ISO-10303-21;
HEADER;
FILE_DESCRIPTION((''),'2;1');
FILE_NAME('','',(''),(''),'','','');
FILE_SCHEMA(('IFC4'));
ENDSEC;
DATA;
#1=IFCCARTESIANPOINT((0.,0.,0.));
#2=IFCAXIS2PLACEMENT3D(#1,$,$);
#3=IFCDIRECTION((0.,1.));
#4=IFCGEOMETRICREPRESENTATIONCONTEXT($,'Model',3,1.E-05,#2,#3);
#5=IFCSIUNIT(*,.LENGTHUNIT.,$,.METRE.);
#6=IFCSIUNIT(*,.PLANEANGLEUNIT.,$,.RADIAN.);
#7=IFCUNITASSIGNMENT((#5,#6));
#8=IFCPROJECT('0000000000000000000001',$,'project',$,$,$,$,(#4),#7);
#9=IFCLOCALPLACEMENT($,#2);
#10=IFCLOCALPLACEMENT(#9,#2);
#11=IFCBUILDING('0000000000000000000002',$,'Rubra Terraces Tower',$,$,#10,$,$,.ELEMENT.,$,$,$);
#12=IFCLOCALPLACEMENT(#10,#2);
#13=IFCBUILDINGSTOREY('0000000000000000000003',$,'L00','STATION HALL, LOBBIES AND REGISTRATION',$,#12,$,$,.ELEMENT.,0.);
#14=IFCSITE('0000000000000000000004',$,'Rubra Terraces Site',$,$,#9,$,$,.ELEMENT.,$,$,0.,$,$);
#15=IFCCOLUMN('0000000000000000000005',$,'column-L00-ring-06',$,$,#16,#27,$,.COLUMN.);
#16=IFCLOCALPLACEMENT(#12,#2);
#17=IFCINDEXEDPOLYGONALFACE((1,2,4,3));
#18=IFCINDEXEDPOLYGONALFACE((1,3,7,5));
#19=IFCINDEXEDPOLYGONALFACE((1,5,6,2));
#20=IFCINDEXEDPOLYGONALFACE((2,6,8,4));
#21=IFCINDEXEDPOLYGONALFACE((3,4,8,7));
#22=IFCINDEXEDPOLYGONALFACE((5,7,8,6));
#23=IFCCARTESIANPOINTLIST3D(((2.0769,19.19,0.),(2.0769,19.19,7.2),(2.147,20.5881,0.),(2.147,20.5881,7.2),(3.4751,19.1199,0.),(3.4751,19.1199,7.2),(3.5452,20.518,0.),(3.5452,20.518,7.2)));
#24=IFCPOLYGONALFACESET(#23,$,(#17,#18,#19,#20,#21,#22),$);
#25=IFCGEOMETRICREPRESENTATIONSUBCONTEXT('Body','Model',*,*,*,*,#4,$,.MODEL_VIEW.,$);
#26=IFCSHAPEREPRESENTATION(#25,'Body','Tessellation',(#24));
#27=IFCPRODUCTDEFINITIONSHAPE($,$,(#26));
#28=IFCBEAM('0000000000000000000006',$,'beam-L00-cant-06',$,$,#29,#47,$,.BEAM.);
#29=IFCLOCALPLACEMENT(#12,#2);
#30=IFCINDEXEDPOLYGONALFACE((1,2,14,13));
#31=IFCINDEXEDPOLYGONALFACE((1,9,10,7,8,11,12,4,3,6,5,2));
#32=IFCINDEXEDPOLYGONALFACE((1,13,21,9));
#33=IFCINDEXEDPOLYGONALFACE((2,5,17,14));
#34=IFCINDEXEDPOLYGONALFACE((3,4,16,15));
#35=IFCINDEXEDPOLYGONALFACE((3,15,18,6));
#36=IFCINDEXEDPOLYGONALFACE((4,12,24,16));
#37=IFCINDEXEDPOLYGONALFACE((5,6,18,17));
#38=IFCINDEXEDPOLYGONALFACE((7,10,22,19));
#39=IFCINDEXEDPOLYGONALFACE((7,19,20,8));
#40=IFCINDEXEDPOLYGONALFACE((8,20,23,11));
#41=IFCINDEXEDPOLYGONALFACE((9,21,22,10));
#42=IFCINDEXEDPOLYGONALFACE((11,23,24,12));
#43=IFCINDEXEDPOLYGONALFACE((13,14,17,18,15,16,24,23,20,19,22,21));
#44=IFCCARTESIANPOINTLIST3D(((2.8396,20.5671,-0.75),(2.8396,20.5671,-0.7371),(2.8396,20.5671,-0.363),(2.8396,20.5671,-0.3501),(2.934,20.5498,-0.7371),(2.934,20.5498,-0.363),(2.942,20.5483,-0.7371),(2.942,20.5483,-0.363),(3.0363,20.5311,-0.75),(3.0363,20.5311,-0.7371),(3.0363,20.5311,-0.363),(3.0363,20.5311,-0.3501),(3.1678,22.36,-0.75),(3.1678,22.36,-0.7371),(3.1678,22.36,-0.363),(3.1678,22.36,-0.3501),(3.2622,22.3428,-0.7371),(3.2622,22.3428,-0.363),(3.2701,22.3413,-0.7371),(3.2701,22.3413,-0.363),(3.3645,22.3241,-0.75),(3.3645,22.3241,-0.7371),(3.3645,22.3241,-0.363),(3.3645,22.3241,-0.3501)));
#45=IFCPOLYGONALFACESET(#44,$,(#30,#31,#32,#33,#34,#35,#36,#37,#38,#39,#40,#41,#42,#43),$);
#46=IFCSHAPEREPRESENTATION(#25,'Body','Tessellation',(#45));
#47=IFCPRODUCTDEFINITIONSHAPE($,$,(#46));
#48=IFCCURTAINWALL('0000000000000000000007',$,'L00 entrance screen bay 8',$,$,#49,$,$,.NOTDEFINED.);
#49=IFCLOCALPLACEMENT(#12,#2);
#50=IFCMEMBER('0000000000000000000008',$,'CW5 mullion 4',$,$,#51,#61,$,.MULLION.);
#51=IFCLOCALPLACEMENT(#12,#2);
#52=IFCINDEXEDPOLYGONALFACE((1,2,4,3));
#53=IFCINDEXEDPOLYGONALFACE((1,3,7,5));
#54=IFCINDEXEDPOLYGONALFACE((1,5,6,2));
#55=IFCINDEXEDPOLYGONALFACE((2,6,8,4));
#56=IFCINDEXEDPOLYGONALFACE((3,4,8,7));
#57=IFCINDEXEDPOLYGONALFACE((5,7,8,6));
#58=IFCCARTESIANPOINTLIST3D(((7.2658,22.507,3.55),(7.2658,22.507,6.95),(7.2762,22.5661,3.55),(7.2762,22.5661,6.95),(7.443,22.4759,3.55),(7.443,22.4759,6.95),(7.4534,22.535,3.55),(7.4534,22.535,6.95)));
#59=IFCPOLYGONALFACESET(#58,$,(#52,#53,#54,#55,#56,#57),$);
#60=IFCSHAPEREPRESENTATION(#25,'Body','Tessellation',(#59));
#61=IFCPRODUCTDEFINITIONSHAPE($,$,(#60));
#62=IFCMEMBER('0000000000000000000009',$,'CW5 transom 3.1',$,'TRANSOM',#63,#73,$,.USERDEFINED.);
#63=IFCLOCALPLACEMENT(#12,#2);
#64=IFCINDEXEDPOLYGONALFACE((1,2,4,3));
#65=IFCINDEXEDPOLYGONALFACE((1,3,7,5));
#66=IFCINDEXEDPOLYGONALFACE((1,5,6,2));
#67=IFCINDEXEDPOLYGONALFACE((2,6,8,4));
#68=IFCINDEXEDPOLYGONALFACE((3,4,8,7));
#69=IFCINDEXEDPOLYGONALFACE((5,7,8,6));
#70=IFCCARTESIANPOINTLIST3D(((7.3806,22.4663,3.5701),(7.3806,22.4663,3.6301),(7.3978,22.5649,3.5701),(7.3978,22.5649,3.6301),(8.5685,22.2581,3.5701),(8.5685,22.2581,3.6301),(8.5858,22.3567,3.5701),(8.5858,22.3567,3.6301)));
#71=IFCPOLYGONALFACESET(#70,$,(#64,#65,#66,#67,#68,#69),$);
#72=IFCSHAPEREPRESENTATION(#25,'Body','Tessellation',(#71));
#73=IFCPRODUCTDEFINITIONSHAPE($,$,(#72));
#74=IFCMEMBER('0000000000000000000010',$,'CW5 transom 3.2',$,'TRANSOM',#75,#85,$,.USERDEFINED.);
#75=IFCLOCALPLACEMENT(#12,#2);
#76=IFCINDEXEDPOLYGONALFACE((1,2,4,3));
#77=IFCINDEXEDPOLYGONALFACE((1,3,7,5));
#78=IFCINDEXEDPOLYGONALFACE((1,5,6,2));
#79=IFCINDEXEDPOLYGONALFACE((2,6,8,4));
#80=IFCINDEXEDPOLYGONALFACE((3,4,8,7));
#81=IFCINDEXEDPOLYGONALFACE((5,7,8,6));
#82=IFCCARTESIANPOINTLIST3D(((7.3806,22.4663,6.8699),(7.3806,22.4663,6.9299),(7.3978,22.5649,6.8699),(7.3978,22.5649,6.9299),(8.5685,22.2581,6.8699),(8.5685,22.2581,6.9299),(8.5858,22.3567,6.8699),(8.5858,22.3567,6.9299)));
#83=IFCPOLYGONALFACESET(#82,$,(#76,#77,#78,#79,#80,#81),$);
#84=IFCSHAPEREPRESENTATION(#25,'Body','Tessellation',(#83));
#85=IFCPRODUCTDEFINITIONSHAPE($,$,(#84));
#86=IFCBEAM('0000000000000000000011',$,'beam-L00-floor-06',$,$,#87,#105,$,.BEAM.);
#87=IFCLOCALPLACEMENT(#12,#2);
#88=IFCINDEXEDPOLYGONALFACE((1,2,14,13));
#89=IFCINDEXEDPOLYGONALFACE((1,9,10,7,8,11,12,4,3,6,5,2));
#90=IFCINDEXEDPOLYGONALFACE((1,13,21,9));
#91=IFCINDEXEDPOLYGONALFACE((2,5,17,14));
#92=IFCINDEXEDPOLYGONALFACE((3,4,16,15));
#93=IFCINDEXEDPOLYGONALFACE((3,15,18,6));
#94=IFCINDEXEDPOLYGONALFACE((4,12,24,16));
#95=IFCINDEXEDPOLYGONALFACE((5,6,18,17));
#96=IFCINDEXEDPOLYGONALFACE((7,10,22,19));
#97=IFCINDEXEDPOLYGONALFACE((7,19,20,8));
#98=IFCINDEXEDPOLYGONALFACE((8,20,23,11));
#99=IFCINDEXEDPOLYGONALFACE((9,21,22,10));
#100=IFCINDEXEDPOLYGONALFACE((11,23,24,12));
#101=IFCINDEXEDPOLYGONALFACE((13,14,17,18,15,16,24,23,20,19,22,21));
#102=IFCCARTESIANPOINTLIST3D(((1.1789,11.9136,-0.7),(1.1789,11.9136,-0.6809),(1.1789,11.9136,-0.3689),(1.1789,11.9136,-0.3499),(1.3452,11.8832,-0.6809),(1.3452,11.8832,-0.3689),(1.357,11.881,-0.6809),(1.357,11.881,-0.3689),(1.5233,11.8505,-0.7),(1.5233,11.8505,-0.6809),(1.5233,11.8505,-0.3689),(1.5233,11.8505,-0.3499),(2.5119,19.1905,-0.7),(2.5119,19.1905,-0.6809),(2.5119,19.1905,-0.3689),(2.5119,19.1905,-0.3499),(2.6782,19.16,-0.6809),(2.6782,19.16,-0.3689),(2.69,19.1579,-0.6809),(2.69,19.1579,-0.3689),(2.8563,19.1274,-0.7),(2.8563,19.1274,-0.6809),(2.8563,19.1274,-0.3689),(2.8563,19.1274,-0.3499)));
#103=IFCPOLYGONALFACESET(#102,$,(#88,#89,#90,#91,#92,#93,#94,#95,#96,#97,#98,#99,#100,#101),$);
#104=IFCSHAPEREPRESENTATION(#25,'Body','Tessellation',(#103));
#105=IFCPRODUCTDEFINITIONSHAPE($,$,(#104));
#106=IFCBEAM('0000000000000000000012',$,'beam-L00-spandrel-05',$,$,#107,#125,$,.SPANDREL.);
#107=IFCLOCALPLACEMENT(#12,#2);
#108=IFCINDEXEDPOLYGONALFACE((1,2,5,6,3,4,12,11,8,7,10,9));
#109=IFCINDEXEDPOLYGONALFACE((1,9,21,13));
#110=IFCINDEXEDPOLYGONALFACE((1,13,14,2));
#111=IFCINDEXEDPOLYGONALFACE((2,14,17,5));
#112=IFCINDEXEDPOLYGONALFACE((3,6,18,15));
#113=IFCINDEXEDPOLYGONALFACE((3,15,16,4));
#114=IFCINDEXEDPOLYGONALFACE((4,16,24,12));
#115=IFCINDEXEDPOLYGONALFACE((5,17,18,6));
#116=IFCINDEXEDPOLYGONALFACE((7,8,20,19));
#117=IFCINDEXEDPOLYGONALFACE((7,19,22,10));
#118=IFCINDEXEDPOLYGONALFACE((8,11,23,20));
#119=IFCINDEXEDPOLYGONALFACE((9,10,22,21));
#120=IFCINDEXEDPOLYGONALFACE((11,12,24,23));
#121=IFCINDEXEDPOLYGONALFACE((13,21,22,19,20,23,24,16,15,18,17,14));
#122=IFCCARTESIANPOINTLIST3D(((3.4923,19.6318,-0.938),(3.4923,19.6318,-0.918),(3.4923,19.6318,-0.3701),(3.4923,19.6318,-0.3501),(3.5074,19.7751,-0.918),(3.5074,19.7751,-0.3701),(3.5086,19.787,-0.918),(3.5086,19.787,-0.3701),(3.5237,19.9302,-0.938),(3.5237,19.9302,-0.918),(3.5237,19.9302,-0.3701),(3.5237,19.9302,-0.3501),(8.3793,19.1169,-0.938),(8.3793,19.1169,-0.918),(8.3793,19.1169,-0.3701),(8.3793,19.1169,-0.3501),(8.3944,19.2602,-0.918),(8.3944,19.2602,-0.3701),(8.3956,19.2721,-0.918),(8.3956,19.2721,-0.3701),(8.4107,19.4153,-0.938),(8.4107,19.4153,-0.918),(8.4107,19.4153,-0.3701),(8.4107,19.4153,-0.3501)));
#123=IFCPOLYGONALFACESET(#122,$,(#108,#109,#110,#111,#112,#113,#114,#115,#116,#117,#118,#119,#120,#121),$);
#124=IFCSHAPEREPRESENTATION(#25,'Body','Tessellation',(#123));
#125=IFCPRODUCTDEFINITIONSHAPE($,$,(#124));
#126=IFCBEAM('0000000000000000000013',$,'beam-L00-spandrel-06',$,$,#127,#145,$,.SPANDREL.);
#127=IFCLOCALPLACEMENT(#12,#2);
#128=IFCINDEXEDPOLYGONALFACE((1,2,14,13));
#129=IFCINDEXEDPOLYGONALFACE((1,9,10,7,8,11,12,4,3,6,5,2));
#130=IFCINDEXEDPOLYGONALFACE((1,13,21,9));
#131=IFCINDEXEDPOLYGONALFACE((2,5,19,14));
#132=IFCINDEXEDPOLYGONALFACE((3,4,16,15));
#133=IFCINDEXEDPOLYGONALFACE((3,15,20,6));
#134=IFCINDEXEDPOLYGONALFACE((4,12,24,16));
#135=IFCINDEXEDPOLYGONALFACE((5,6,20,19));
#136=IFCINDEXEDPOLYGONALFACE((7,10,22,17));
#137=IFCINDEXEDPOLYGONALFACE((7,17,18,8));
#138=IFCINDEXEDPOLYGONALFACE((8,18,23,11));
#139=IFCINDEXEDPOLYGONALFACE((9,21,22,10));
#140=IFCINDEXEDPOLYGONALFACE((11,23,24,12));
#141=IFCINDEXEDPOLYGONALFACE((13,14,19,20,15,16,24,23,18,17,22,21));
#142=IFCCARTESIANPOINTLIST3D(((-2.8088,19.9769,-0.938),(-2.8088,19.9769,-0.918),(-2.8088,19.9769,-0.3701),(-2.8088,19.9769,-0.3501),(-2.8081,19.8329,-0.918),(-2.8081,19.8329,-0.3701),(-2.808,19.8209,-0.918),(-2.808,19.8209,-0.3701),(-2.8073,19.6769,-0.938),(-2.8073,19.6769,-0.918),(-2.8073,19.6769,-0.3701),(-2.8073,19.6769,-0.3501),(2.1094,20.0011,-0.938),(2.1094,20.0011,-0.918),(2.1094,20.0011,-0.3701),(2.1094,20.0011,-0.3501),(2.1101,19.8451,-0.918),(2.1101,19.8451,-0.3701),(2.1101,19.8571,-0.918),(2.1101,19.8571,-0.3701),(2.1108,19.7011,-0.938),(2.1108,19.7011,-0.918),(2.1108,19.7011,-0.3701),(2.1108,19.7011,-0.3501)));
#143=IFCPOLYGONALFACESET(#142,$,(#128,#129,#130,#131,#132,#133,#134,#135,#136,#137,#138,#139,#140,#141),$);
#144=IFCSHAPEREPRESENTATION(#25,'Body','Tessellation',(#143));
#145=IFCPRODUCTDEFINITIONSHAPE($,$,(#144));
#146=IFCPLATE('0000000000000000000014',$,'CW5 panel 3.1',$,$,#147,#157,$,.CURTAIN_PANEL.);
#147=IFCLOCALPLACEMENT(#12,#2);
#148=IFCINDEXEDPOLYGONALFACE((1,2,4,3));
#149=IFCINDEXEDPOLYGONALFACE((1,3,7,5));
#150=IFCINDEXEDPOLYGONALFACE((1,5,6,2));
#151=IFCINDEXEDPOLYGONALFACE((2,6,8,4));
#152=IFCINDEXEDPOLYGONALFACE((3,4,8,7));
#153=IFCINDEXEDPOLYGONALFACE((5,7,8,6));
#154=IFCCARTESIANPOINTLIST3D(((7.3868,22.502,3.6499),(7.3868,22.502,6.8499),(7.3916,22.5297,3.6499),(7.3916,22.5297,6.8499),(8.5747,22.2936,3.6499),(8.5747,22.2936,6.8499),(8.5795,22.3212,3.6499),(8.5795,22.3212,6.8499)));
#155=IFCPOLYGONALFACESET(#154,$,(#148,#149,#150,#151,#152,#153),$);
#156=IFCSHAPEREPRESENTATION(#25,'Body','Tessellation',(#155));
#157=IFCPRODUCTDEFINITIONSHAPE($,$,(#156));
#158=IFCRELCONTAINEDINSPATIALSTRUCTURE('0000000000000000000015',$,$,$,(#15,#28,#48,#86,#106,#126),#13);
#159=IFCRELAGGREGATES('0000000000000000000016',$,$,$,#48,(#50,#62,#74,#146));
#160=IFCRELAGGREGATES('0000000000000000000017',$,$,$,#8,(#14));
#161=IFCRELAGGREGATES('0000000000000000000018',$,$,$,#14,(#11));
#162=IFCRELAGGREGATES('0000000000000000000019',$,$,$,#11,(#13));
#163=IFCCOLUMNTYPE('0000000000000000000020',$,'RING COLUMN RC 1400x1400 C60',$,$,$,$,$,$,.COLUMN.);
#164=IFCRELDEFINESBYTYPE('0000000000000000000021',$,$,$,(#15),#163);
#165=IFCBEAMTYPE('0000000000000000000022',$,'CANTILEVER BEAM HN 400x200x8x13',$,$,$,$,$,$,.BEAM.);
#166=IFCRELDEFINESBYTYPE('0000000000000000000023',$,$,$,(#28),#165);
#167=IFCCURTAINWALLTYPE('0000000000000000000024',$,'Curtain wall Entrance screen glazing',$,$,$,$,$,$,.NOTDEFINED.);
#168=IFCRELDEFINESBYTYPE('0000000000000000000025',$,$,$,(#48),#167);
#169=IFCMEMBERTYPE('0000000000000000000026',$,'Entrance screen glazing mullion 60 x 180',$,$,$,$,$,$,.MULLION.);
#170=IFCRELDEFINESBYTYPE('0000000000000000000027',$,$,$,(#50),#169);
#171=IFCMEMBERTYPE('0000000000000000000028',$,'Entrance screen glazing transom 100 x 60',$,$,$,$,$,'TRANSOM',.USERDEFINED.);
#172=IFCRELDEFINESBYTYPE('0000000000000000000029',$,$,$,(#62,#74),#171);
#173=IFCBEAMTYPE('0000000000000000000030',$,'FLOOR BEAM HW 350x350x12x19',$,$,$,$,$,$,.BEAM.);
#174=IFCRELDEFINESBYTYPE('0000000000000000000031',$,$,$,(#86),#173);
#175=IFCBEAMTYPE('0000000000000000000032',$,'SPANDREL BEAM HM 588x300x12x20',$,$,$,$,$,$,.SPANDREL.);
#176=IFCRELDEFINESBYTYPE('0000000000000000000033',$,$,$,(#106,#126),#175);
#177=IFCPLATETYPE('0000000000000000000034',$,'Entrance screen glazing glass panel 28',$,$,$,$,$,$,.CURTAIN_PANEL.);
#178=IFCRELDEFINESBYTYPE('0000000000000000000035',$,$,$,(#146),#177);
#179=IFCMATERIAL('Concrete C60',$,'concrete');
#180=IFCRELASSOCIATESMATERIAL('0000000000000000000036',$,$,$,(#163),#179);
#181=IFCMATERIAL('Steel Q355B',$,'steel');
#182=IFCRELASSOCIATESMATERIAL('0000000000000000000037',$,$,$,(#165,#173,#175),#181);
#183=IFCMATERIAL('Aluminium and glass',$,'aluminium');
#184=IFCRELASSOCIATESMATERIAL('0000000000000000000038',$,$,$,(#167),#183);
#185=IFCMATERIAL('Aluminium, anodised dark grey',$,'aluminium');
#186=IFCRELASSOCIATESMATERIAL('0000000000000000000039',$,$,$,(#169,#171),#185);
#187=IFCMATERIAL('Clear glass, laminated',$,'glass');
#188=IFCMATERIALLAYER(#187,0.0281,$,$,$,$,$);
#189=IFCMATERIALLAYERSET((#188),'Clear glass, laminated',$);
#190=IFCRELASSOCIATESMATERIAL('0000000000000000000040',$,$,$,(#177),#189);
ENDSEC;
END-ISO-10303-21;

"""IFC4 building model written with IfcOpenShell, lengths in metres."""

from ifc_helpers import new_model, si_unit, direction, frame, origin, origin_2d, place, context, subcontext, project, spatial, rectangle, i_section, extrude, material, layer, layer_set, material_profile, profile_set, type_object, element, aggregate, save


model = new_model("IFC4")

# Units and contexts
model_context = context("Model", 3, precision=1e-05, world=origin(), true_north=direction((0.0, 1.0)))
body_context = subcontext(model_context, "Body", "Model", "MODEL_VIEW")
ifc_project = project(units=[si_unit("LENGTHUNIT", "METRE"), si_unit("PLANEANGLEUNIT", "RADIAN")], contexts=[model_context])

# Site, building, storey
site_placement = place(None, origin())
site = spatial("IfcSite", under=ifc_project, at=site_placement, Name="Rubra Terraces Site", CompositionType="ELEMENT", RefElevation=0.0)
building_placement = place(site_placement, origin())
building = spatial("IfcBuilding", under=site, at=building_placement, Name="Rubra Terraces Tower", CompositionType="ELEMENT")
storey_placement = place(building_placement, origin())
storey = spatial("IfcBuildingStorey", under=building, at=storey_placement, Name="L00", Description="STATION HALL, LOBBIES AND REGISTRATION", CompositionType="ELEMENT", Elevation=0.0)

# Column
ifc_material_1 = material(Name="Concrete C60", Category="concrete")
ifc_material_profile_1 = material_profile(ifc_material_1, rectangle(XDim=1.3999, YDim=1.3999, at=origin_2d()), Name="RC 1400x1400")
ifc_profile_set_1 = profile_set([ifc_material_profile_1], Name="Concrete C60")
column_type = type_object("IfcColumnType", Name="RING COLUMN RC 1400x1400 C60", PredefinedType="COLUMN", material=ifc_profile_set_1)
column_placement = place(storey_placement, frame((2.811, 19.854, 0.0), z_axis=(0.0, 0.0, 1.0), x_axis=(-0.998745, 0.050084, 0.0)))
element("IfcColumn", 1, at=column_placement, inside=storey, type_object=column_type, Name="column-L00-ring-06", PredefinedType="COLUMN", context=body_context, shape_type="SweptSolid", body=[
    extrude(rectangle(XDim=1.3999, YDim=1.3999, at=origin_2d()), origin(), (0.0, 0.0, 1.0), 7.2),
])

# Beam
ifc_material_2 = material(Name="Steel Q355B", Category="steel")
ifc_material_profile_2 = material_profile(ifc_material_2, i_section(OverallWidth=0.2, OverallDepth=0.3999, WebThickness=0.0081, FlangeThickness=0.0129, at=origin_2d()), Name="HN 400x200x8x13")
ifc_profile_set_2 = profile_set([ifc_material_profile_2], Name="Steel Q355B")
beam_type_1 = type_object("IfcBeamType", Name="CANTILEVER BEAM HN 400x200x8x13", PredefinedType="BEAM", material=ifc_profile_set_2)
beam_1_placement = place(storey_placement, frame((2.938, 20.5491, -0.55), z_axis=(0.180017, 0.983664, 0.0), x_axis=(-0.983664, 0.180017, 0.0)))
element("IfcBeam", 2, at=beam_1_placement, inside=storey, type_object=beam_type_1, Name="beam-L00-cant-06", PredefinedType="BEAM", context=body_context, shape_type="SweptSolid", body=[
    extrude(i_section(OverallWidth=0.2, OverallDepth=0.3999, WebThickness=0.0081, FlangeThickness=0.0129, at=origin_2d()), origin(), (0.0, 0.0, 1.0), 1.8228),
])

# Curtain wall, members
ifc_material_3 = material(Name="Aluminium and glass", Category="aluminium")
curtain_wall_type = type_object("IfcCurtainWallType", Name="Curtain wall Entrance screen glazing", PredefinedType="NOTDEFINED", material=ifc_material_3)
curtain_wall_placement = place(storey_placement, origin())
curtain_wall = element("IfcCurtainWall", 3, at=curtain_wall_placement, inside=storey, type_object=curtain_wall_type, Name="L00 entrance screen bay 8", PredefinedType="NOTDEFINED")
ifc_material_4 = material(Name="Aluminium, anodised dark grey", Category="aluminium")
ifc_material_profile_3 = material_profile(ifc_material_4, rectangle(XDim=0.0601, YDim=0.1799, at=origin_2d()), Name="AL 60x180")
ifc_profile_set_3 = profile_set([ifc_material_profile_3], Name="Aluminium, anodised dark grey")
member_type_1 = type_object("IfcMemberType", Name="Entrance screen glazing mullion 60 x 180", PredefinedType="MULLION", material=ifc_profile_set_3)
member_1_placement = place(storey_placement, frame((7.3596, 22.521, 3.55), z_axis=(0.0, 0.0, 1.0), x_axis=(-0.172817, -0.984954, 0.0)))
member_1 = element("IfcMember", 4, at=member_1_placement, type_object=member_type_1, Name="CW5 mullion 4", PredefinedType="MULLION", context=body_context, shape_type="SweptSolid", body=[
    extrude(rectangle(XDim=0.0601, YDim=0.1799, at=origin_2d()), origin(), (0.0, 0.0, 1.0), 3.3999),
])
ifc_material_profile_4 = material_profile(ifc_material_4, rectangle(XDim=0.1001, YDim=0.0601, at=origin_2d()), Name="AL 100x60")
ifc_profile_set_4 = profile_set([ifc_material_profile_4], Name="Aluminium, anodised dark grey")
member_type_2 = type_object("IfcMemberType", Name="Entrance screen glazing transom 100 x 60", ElementType="TRANSOM", PredefinedType="USERDEFINED", material=ifc_profile_set_4)
member_2_placement = place(storey_placement, frame((8.5771, 22.3074, 3.6001), z_axis=(-0.984981, 0.172665, 0.0), x_axis=(-0.172665, -0.984981, 0.0)))
member_2 = element("IfcMember", 5, at=member_2_placement, type_object=member_type_2, Name="CW5 transom 3.1", ObjectType="TRANSOM", PredefinedType="USERDEFINED", context=body_context, shape_type="SweptSolid", body=[
    extrude(rectangle(XDim=0.1001, YDim=0.0601, at=origin_2d()), origin(), (0.0, 0.0, 1.0), 1.2061),
])
member_3_placement = place(storey_placement, frame((8.5771, 22.3074, 6.8999), z_axis=(-0.984981, 0.172665, 0.0), x_axis=(-0.172665, -0.984981, 0.0)))
member_3 = element("IfcMember", 6, at=member_3_placement, type_object=member_type_2, Name="CW5 transom 3.2", ObjectType="TRANSOM", PredefinedType="USERDEFINED", context=body_context, shape_type="SweptSolid", body=[
    extrude(rectangle(XDim=0.1001, YDim=0.0601, at=origin_2d()), origin(), (0.0, 0.0, 1.0), 1.2061),
])

# Beams
ifc_material_profile_5 = material_profile(ifc_material_2, i_section(OverallWidth=0.3501, OverallDepth=0.3501, WebThickness=0.012, FlangeThickness=0.019, at=origin_2d()), Name="HW 350x350x12x19")
ifc_profile_set_5 = profile_set([ifc_material_profile_5], Name="Steel Q355B")
beam_type_2 = type_object("IfcBeamType", Name="FLOOR BEAM HW 350x350x12x19", PredefinedType="BEAM", material=ifc_profile_set_5)
beam_2_placement = place(storey_placement, frame((2.6841, 19.1589, -0.5249), z_axis=(-0.180186, -0.983632, 0.0), x_axis=(0.983632, -0.180186, 0.0)))
element("IfcBeam", 7, at=beam_2_placement, inside=storey, type_object=beam_type_2, Name="beam-L00-floor-06", PredefinedType="BEAM", context=body_context, shape_type="SweptSolid", body=[
    extrude(i_section(OverallWidth=0.3501, OverallDepth=0.3501, WebThickness=0.012, FlangeThickness=0.019, at=origin_2d()), origin(), (0.0, 0.0, 1.0), 7.3979),
])
ifc_material_profile_6 = material_profile(ifc_material_2, i_section(OverallWidth=0.3, OverallDepth=0.5879, WebThickness=0.012, FlangeThickness=0.02, at=origin_2d()), Name="HM 588x300x12x20")
ifc_profile_set_6 = profile_set([ifc_material_profile_6], Name="Steel Q355B")
beam_type_3 = type_object("IfcBeamType", Name="SPANDREL BEAM HM 588x300x12x20", PredefinedType="SPANDREL", material=ifc_profile_set_6)
beam_3_placement = place(storey_placement, frame((8.395, 19.2661, -0.644), z_axis=(-0.994495, 0.10478, 0.0), x_axis=(-0.10478, -0.994495, 0.0)))
element("IfcBeam", 8, at=beam_3_placement, inside=storey, type_object=beam_type_3, Name="beam-L00-spandrel-05", PredefinedType="SPANDREL", context=body_context, shape_type="SweptSolid", body=[
    extrude(i_section(OverallWidth=0.3, OverallDepth=0.5879, WebThickness=0.012, FlangeThickness=0.02, at=origin_2d()), origin(), (0.0, 0.0, 1.0), 4.9141),
])
beam_4_placement = place(storey_placement, frame((2.1101, 19.8511, -0.644), z_axis=(-0.999988, -0.004914, 0.0), x_axis=(0.004914, -0.999988, 0.0)))
element("IfcBeam", 9, at=beam_4_placement, inside=storey, type_object=beam_type_3, Name="beam-L00-spandrel-06", PredefinedType="SPANDREL", context=body_context, shape_type="SweptSolid", body=[
    extrude(i_section(OverallWidth=0.3, OverallDepth=0.5879, WebThickness=0.012, FlangeThickness=0.02, at=origin_2d()), origin(), (0.0, 0.0, 1.0), 4.9182),
])

# Plate
ifc_material_5 = material(Name="Clear glass, laminated", Category="glass")
ifc_layer_1 = layer(ifc_material_5, 0.0281)
ifc_layer_set_1 = layer_set([ifc_layer_1], Name="Clear glass, laminated")
plate_type = type_object("IfcPlateType", Name="Entrance screen glazing glass panel 28", PredefinedType="CURTAIN_PANEL", material=ifc_layer_set_1)
plate_placement = place(storey_placement, frame((7.9832, 22.4116, 3.6499), z_axis=(0.0, 0.0, 1.0), x_axis=(-0.984954, 0.172817, 0.0)))
plate = element("IfcPlate", 10, at=plate_placement, type_object=plate_type, Name="CW5 panel 3.1", PredefinedType="CURTAIN_PANEL", context=body_context, shape_type="SweptSolid", body=[
    extrude(rectangle(XDim=1.2061, YDim=0.0281, at=origin_2d()), origin(), (0.0, 0.0, 1.0), 3.2),
])
aggregate(curtain_wall, [member_1, member_2, member_3, plate])

save(model, "model.ifc")
